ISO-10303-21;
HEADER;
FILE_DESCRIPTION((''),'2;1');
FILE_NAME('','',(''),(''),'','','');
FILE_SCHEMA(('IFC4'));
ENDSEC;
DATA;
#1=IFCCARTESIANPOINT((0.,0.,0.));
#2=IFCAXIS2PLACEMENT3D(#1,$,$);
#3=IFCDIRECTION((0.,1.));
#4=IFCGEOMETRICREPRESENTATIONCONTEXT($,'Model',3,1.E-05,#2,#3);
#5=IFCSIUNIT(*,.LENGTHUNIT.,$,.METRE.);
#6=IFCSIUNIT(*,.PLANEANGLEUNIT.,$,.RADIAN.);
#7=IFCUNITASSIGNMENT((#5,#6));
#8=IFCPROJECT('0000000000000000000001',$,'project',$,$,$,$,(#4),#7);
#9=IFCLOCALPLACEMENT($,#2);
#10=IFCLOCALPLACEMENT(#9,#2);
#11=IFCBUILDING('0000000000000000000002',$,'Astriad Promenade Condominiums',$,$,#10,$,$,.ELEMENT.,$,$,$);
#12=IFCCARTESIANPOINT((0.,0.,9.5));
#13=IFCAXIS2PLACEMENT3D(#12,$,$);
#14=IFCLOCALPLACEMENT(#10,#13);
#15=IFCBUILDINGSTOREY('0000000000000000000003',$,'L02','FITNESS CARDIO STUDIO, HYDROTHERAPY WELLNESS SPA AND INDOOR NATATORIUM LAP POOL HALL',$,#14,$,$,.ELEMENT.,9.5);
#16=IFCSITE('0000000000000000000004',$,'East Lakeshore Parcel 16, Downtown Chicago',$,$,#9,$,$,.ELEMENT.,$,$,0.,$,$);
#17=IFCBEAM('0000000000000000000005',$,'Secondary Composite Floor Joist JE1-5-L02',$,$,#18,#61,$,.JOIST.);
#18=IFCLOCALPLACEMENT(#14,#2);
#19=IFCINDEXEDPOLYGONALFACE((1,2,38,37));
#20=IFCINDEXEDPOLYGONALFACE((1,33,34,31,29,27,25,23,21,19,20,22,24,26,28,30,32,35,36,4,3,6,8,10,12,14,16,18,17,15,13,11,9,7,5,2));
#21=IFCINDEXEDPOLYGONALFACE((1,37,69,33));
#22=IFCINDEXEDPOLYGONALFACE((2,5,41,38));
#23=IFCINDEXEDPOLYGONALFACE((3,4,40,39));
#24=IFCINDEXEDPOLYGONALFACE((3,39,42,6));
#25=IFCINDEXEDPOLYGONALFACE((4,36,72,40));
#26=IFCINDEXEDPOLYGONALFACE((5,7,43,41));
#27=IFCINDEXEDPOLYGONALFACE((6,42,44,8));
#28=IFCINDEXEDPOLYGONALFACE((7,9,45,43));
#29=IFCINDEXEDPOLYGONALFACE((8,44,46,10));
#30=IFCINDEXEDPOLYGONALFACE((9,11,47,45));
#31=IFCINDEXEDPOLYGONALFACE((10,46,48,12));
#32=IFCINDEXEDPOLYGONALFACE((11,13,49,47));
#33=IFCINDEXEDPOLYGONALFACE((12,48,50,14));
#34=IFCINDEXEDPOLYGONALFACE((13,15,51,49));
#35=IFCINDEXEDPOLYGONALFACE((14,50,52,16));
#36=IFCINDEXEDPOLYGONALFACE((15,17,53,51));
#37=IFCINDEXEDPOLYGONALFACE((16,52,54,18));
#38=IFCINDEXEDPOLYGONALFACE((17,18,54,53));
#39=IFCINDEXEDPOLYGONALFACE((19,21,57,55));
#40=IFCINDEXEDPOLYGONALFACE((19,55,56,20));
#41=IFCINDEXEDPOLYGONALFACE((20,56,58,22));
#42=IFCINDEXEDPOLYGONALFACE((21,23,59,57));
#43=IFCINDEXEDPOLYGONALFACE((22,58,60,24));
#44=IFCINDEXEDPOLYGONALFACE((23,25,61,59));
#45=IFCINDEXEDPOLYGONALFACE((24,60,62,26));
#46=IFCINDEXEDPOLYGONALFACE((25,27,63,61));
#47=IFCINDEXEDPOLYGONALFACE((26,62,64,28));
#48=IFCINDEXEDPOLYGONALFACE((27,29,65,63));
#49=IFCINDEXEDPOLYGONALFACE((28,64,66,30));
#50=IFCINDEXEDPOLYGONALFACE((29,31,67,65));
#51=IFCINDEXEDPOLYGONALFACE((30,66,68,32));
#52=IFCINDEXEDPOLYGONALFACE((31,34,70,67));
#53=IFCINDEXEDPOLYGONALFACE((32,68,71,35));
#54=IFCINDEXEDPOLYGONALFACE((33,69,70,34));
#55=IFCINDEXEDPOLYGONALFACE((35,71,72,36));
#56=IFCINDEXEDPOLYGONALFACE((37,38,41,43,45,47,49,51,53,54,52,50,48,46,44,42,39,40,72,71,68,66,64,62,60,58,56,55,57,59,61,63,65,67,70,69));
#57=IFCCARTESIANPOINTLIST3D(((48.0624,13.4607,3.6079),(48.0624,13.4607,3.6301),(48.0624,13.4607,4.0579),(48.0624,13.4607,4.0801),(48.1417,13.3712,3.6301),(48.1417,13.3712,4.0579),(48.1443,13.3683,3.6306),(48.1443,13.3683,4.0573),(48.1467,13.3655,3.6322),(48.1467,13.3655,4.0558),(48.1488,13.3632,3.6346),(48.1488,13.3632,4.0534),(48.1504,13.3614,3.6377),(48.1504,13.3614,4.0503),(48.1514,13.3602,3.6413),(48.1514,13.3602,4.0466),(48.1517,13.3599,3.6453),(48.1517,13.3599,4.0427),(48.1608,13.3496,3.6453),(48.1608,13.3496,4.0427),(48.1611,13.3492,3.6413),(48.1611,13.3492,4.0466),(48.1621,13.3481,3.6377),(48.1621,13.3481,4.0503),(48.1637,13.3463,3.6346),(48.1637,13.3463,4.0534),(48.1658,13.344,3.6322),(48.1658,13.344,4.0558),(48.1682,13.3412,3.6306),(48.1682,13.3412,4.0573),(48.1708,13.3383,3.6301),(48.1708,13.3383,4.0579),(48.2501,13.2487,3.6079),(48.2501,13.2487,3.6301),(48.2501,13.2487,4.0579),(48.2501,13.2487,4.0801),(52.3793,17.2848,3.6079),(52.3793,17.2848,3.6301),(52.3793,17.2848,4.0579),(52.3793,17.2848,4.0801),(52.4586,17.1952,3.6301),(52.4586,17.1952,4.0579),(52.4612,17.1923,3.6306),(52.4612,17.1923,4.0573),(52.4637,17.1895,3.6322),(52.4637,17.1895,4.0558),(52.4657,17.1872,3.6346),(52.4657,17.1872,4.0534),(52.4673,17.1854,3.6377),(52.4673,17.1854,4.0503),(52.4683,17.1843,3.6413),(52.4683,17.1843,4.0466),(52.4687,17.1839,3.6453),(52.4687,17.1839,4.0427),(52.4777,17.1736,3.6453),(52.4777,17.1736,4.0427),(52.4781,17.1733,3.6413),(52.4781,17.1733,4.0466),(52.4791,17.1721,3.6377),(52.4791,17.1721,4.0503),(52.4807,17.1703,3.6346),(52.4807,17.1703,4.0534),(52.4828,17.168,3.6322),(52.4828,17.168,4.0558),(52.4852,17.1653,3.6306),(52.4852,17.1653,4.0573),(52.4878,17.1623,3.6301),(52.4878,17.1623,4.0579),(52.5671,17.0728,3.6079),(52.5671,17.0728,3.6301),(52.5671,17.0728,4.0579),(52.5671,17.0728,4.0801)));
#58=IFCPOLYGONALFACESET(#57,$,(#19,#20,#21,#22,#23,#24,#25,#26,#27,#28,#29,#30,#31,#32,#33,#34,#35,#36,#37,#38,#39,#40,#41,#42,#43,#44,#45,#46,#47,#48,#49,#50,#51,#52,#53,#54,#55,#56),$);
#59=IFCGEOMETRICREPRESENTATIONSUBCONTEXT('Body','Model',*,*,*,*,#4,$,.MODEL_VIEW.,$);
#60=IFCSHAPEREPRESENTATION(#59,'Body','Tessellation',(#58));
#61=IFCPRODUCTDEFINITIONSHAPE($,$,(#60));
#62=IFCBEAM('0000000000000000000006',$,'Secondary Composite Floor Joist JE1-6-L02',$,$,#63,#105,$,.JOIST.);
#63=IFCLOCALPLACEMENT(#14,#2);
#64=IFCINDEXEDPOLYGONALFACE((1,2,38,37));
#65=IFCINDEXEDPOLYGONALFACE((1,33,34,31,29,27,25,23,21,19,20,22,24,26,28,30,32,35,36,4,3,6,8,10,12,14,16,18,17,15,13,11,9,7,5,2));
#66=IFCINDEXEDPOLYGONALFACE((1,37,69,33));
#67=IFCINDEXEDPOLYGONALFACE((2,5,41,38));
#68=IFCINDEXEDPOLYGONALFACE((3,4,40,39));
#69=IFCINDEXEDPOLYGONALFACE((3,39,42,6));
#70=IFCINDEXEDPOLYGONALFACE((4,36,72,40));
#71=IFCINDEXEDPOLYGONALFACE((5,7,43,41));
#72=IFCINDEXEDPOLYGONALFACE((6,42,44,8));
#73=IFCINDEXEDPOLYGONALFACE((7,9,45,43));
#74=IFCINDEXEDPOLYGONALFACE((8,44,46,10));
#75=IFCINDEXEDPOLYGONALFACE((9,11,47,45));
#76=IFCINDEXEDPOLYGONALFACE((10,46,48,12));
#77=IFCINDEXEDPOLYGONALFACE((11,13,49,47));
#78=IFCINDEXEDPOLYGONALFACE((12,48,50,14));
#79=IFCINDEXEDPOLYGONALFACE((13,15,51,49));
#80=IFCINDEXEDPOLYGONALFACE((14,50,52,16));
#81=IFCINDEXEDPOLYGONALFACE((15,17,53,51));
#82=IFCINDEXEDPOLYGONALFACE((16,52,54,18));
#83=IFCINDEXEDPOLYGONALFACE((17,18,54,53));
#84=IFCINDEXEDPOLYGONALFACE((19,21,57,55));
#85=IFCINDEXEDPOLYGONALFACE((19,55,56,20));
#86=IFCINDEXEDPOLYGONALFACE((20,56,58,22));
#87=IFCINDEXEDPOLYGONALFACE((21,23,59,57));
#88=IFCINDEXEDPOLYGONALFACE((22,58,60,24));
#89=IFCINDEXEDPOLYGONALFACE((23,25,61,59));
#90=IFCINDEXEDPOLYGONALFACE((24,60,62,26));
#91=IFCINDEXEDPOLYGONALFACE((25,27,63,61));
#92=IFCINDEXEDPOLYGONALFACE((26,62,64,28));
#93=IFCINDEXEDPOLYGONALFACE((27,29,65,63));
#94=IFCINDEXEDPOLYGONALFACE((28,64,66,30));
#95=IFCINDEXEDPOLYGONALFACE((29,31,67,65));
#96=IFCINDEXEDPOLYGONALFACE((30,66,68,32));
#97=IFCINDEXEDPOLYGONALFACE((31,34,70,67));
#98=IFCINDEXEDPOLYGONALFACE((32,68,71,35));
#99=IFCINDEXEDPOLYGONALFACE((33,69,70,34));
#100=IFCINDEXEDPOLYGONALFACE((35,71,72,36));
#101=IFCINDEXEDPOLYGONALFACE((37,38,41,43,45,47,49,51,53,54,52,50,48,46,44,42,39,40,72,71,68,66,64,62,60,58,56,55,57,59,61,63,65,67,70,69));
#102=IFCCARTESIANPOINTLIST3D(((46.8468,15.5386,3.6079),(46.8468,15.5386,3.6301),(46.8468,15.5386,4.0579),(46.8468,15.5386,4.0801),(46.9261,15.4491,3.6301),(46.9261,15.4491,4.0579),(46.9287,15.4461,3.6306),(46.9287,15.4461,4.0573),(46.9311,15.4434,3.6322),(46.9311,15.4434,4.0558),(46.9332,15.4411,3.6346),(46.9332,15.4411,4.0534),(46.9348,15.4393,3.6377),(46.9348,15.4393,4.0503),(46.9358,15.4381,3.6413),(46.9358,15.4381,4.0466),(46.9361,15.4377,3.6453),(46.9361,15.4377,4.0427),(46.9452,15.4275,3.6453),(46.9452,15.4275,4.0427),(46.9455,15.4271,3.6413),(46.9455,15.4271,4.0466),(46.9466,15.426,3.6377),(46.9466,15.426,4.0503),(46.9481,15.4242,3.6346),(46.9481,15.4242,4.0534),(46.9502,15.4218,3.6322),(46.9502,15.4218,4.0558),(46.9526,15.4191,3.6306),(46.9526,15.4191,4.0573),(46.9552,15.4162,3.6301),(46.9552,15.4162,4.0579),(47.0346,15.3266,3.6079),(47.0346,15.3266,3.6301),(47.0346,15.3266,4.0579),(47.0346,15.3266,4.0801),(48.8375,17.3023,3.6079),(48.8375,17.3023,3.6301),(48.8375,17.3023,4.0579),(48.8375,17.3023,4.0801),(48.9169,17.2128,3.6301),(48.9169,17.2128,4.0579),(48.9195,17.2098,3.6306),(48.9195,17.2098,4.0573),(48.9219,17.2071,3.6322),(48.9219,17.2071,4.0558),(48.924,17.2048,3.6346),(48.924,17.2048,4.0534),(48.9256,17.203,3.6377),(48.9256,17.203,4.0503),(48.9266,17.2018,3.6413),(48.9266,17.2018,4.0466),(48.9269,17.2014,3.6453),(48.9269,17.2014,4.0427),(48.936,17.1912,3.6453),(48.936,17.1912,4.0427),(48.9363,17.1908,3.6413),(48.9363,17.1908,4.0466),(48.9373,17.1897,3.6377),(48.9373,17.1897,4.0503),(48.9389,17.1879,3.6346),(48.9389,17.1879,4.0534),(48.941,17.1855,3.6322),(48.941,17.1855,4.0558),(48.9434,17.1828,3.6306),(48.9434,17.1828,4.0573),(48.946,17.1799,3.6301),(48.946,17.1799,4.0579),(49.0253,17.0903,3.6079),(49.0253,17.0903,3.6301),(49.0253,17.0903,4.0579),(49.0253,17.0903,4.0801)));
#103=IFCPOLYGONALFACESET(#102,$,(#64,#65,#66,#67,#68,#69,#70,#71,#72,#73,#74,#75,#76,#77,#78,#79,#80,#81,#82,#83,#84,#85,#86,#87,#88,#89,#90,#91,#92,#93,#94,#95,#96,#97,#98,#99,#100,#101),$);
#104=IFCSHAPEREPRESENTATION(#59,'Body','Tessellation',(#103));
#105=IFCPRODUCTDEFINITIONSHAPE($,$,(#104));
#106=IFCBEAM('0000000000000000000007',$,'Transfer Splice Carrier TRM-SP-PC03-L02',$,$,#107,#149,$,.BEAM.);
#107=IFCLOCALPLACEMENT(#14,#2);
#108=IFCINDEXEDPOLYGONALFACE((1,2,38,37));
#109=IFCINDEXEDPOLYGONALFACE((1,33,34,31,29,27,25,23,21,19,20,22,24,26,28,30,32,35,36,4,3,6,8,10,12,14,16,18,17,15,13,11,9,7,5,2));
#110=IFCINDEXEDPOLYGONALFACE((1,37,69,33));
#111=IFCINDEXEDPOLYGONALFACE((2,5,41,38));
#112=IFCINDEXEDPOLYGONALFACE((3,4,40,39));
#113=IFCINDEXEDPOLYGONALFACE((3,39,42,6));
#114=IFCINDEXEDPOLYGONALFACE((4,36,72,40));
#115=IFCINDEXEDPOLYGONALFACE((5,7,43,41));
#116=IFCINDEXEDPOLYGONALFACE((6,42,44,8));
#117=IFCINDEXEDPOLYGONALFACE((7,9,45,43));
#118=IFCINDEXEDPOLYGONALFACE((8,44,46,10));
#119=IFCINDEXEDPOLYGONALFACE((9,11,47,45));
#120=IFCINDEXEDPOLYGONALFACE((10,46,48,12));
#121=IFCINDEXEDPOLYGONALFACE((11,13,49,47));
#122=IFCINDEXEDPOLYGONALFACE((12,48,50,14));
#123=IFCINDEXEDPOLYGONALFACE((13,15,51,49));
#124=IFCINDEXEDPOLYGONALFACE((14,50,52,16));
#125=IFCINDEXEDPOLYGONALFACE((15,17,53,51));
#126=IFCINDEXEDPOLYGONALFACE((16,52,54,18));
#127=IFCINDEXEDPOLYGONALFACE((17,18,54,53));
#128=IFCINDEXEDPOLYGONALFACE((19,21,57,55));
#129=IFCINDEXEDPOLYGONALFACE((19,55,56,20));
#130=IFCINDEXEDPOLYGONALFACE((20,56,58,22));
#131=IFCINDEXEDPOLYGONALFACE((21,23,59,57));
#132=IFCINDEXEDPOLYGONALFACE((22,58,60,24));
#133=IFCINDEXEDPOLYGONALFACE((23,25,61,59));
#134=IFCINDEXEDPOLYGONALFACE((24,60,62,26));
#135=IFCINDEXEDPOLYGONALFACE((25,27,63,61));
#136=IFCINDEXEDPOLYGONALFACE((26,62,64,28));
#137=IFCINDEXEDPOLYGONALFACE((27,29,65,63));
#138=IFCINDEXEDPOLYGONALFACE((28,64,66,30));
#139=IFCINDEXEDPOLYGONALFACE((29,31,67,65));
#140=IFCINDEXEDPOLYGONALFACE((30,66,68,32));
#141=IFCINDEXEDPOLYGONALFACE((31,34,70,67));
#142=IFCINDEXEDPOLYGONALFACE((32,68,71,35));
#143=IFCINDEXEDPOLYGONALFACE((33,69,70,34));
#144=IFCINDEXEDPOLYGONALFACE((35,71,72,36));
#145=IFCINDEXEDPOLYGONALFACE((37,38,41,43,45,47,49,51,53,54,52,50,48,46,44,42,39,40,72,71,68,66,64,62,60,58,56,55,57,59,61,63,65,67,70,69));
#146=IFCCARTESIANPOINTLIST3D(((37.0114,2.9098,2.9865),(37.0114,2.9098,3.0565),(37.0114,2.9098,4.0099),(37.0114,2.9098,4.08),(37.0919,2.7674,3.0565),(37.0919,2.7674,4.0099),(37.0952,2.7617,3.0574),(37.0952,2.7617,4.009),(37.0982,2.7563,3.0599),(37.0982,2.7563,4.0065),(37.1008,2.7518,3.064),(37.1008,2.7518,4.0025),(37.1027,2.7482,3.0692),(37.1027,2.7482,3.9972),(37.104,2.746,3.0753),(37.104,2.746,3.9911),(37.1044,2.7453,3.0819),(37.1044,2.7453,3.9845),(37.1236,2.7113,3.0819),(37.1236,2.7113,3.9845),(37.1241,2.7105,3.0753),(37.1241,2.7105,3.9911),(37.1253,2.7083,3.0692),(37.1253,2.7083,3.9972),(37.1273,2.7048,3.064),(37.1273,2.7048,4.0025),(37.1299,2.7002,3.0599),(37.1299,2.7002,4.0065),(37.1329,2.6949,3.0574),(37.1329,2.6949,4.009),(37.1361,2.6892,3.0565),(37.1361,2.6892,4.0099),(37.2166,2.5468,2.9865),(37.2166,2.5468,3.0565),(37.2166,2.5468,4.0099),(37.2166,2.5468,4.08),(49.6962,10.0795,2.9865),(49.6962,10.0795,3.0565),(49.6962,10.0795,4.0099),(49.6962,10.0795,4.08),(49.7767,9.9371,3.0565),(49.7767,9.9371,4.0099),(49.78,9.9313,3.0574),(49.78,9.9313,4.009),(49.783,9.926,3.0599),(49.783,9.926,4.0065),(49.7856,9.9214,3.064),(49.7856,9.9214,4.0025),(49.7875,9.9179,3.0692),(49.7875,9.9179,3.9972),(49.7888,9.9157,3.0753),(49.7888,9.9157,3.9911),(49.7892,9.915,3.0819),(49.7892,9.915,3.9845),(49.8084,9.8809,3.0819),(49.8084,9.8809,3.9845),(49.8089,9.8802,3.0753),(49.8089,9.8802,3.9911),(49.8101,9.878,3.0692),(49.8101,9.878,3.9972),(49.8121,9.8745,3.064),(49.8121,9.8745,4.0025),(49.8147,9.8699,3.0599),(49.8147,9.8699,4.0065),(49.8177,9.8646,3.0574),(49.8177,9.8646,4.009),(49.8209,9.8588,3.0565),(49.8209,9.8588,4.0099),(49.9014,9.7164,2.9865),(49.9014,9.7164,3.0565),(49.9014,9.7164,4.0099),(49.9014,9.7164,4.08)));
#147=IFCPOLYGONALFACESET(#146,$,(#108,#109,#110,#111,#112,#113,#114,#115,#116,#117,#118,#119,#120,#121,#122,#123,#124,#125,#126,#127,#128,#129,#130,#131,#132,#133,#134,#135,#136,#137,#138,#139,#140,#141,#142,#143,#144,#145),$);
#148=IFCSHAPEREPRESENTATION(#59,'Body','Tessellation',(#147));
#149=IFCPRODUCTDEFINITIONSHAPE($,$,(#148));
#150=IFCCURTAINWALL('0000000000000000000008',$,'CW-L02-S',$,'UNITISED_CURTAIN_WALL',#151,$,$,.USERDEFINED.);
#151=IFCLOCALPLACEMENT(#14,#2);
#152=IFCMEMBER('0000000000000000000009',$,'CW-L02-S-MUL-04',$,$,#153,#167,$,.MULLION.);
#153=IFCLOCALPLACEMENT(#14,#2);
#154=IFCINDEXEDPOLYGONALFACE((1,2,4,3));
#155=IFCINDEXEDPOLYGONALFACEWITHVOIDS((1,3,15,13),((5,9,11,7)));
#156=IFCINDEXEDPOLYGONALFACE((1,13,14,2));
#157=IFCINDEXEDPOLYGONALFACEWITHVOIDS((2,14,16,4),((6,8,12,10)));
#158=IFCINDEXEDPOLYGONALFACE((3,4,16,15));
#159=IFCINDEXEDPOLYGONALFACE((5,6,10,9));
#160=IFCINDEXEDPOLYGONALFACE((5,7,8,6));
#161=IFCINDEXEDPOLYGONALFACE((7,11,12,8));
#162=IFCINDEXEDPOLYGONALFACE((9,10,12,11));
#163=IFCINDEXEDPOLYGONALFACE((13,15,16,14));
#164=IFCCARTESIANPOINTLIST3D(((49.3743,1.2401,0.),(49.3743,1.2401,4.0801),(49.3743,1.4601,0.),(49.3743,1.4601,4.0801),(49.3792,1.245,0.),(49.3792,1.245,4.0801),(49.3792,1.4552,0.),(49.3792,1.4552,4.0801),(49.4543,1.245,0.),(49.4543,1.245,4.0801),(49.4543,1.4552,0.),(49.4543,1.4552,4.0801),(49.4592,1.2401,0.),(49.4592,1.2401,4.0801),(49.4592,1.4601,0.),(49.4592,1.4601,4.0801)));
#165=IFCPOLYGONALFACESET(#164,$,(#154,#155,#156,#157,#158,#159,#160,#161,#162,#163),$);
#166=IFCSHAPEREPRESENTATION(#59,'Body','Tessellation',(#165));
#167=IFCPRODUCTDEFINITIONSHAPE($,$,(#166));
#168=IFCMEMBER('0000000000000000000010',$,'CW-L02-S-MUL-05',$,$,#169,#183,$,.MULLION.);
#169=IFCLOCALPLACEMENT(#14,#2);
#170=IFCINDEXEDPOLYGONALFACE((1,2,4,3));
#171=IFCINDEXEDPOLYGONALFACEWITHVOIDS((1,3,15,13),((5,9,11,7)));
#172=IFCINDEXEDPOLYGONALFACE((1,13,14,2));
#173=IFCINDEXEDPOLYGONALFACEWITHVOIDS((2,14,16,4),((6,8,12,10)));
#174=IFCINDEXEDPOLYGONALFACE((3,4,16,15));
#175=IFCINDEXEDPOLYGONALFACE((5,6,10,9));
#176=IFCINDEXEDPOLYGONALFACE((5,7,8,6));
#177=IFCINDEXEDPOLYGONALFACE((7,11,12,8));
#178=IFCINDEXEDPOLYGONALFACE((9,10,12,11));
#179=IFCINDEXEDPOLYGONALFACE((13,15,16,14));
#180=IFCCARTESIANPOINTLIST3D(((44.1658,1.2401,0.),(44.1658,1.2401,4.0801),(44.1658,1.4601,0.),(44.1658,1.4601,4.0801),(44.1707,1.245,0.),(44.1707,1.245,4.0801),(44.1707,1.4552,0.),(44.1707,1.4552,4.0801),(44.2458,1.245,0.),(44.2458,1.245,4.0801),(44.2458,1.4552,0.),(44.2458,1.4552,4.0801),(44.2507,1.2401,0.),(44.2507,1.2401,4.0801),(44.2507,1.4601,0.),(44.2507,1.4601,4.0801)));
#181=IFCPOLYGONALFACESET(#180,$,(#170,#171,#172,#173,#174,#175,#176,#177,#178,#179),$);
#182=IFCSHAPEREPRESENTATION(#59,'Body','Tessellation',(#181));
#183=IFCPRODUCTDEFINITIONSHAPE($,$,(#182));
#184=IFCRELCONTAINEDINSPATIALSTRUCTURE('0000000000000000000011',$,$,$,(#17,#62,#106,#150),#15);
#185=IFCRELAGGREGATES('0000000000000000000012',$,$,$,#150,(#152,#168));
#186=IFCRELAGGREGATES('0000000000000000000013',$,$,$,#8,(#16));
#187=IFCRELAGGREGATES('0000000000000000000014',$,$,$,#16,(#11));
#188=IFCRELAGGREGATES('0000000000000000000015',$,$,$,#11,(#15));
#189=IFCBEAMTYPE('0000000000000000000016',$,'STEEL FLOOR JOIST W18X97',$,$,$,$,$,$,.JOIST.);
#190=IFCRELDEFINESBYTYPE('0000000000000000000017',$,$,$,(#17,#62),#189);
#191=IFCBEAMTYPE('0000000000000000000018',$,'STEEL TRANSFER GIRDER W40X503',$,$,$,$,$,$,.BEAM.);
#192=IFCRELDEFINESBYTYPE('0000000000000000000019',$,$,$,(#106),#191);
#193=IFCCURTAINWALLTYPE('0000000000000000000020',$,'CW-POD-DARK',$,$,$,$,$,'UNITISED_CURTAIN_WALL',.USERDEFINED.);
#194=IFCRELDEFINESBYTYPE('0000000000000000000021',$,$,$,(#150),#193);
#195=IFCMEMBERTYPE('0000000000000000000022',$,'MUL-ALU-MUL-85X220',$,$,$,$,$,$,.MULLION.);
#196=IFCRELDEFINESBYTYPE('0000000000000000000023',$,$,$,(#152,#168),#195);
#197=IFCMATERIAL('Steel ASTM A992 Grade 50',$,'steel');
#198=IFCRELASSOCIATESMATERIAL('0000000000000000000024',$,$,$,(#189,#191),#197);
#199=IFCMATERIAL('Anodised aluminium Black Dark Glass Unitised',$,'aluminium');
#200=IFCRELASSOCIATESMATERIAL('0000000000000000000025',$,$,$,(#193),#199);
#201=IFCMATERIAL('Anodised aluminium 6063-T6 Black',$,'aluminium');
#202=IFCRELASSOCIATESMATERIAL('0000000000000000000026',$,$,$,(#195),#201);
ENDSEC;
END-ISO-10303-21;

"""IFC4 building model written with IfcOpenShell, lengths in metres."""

from ifc_helpers import new_model, si_unit, direction, frame, origin, origin_2d, place, context, subcontext, project, spatial, hollow_rectangle, i_section, extrude, source, transform, mapped, material, material_profile, profile_set, type_object, type_shapes, element, aggregate, save


model = new_model("IFC4")

# Units and contexts
model_context = context("Model", 3, precision=1e-05, world=origin(), true_north=direction((0.0, 1.0)))
body_context = subcontext(model_context, "Body", "Model", "MODEL_VIEW")
ifc_project = project(units=[si_unit("LENGTHUNIT", "METRE"), si_unit("PLANEANGLEUNIT", "RADIAN")], contexts=[model_context])

# Site, building, storey
site_placement = place(None, origin())
site = spatial("IfcSite", under=ifc_project, at=site_placement, Name="East Lakeshore Parcel 16, Downtown Chicago", CompositionType="ELEMENT", RefElevation=0.0)
building_placement = place(site_placement, origin())
building = spatial("IfcBuilding", under=site, at=building_placement, Name="Astriad Promenade Condominiums", CompositionType="ELEMENT")
storey_placement = place(building_placement, frame((0.0, 0.0, 9.5)))
storey = spatial("IfcBuildingStorey", under=building, at=storey_placement, Name="L02", Description="FITNESS CARDIO STUDIO, HYDROTHERAPY WELLNESS SPA AND INDOOR NATATORIUM LAP POOL HALL", CompositionType="ELEMENT", Elevation=9.5)

# Shared definitions
ifc_material_1 = material(Name="Steel ASTM A992 Grade 50", Category="steel")

# Beams
ifc_material_profile_1 = material_profile(ifc_material_1, i_section(OverallWidth=0.2832, OverallDepth=0.4722, WebThickness=0.0137, FlangeThickness=0.0222, FilletRadius=0.0151, at=origin_2d()), Name="W18X97")
ifc_profile_set_1 = profile_set([ifc_material_profile_1], Name="Steel ASTM A992 Grade 50")
beam_type_1 = type_object("IfcBeamType", Name="STEEL FLOOR JOIST W18X97", PredefinedType="JOIST", material=ifc_profile_set_1)
shared_shape_1 = source(origin(), body_context, "Body", "SweptSolid", [
    extrude(i_section(OverallWidth=0.2832, OverallDepth=0.4722, WebThickness=0.0137, FlangeThickness=0.0222, FilletRadius=0.0151, at=origin_2d()), origin(), (0.0, 0.0, 1.0), 5.7671),
])
beam_1_placement = place(storey_placement, frame((48.1562, 13.3547, 3.844), z_axis=(0.74855, 0.663078, 0.0), x_axis=(-0.663078, 0.74855, 0.0)))
element("IfcBeam", 1, at=beam_1_placement, inside=storey, type_object=beam_type_1, Name="Secondary Composite Floor Joist JE1-5-L02", PredefinedType="JOIST", context=body_context, shape_type="MappedRepresentation", body=[
    mapped(shared_shape_1, transform((0.0, 0.0, 0.0), scale=1.0)),
])
shared_shape_2 = source(origin(), body_context, "Body", "SweptSolid", [
    extrude(i_section(OverallWidth=0.2832, OverallDepth=0.4722, WebThickness=0.0137, FlangeThickness=0.0222, FilletRadius=0.0151, at=origin_2d()), origin(), (0.0, 0.0, 1.0), 2.6597),
])
beam_2_placement = place(storey_placement, frame((46.9407, 15.4326, 3.844), z_axis=(0.748502, 0.663132, 0.0), x_axis=(-0.663132, 0.748502, 0.0)))
element("IfcBeam", 2, at=beam_2_placement, inside=storey, type_object=beam_type_1, Name="Secondary Composite Floor Joist JE1-6-L02", PredefinedType="JOIST", context=body_context, shape_type="MappedRepresentation", body=[
    mapped(shared_shape_2, transform((0.0, 0.0, 0.0), scale=1.0)),
])
ifc_material_profile_2 = material_profile(ifc_material_1, i_section(OverallWidth=0.417, OverallDepth=1.0935, WebThickness=0.0391, FlangeThickness=0.0701, FilletRadius=0.0254, at=origin_2d()), Name="W40X503")
ifc_profile_set_2 = profile_set([ifc_material_profile_2], Name="Steel ASTM A992 Grade 50")
beam_type_2 = type_object("IfcBeamType", Name="STEEL TRANSFER GIRDER W40X503", PredefinedType="BEAM", material=ifc_profile_set_2)
shared_shape_3 = source(origin(), body_context, "Body", "SweptSolid", [
    extrude(i_section(OverallWidth=0.417, OverallDepth=1.0935, WebThickness=0.0391, FlangeThickness=0.0701, FilletRadius=0.0254, at=origin_2d()), origin(), (0.0, 0.0, 1.0), 14.5708),
])
type_shapes(beam_type_2, [shared_shape_3])
beam_3_placement = place(storey_placement, frame((49.7988, 9.8979, 3.5332), z_axis=(-0.870563, -0.492057, 0.0), x_axis=(0.492057, -0.870563, 0.0)))
element("IfcBeam", 3, at=beam_3_placement, inside=storey, type_object=beam_type_2, Name="Transfer Splice Carrier TRM-SP-PC03-L02", PredefinedType="BEAM", context=body_context, shape_type="MappedRepresentation", body=[
    mapped(shared_shape_3, transform((0.0, 0.0, 0.0), scale=1.0)),
])

# Curtain wall, members
ifc_material_2 = material(Name="Anodised aluminium Black Dark Glass Unitised", Category="aluminium")
curtain_wall_type = type_object("IfcCurtainWallType", Name="CW-POD-DARK", ElementType="UNITISED_CURTAIN_WALL", PredefinedType="USERDEFINED", material=ifc_material_2)
curtain_wall_placement = place(storey_placement, origin())
curtain_wall = element("IfcCurtainWall", 4, at=curtain_wall_placement, inside=storey, type_object=curtain_wall_type, Name="CW-L02-S", ObjectType="UNITISED_CURTAIN_WALL", PredefinedType="USERDEFINED")
ifc_material_3 = material(Name="Anodised aluminium 6063-T6 Black", Category="aluminium")
ifc_material_profile_3 = material_profile(ifc_material_3, hollow_rectangle(XDim=0.085, YDim=0.22, WallThickness=0.0049, at=origin_2d()), Name="ALU-MUL-85X220")
ifc_profile_set_3 = profile_set([ifc_material_profile_3], Name="Anodised aluminium 6063-T6 Black")
member_type_1 = type_object("IfcMemberType", Name="MUL-ALU-MUL-85X220", PredefinedType="MULLION", material=ifc_profile_set_3)
shared_shape_4 = source(origin(), body_context, "Body", "SweptSolid", [
    extrude(hollow_rectangle(XDim=0.085, YDim=0.22, WallThickness=0.0049, at=origin_2d()), origin(), (0.0, 0.0, 1.0), 4.0801),
])
type_shapes(member_type_1, [shared_shape_4])
member_1_placement = place(storey_placement, frame((49.4167, 1.3501, 0.0), z_axis=(0.0, 0.0, 1.0), x_axis=(1.0, 0.0, 0.0)))
member_1 = element("IfcMember", 5, at=member_1_placement, type_object=member_type_1, Name="CW-L02-S-MUL-04", PredefinedType="MULLION", context=body_context, shape_type="MappedRepresentation", body=[
    mapped(shared_shape_4, transform((0.0, 0.0, 0.0), scale=1.0)),
])
member_2_placement = place(storey_placement, frame((44.2083, 1.3501, 0.0), z_axis=(0.0, 0.0, 1.0), x_axis=(1.0, 0.0, 0.0)))
member_2 = element("IfcMember", 6, at=member_2_placement, type_object=member_type_1, Name="CW-L02-S-MUL-05", PredefinedType="MULLION", context=body_context, shape_type="MappedRepresentation", body=[
    mapped(shared_shape_4, transform((0.0, 0.0, 0.0), scale=1.0)),
])
aggregate(curtain_wall, [member_1, member_2])

save(model, "model.ifc")
